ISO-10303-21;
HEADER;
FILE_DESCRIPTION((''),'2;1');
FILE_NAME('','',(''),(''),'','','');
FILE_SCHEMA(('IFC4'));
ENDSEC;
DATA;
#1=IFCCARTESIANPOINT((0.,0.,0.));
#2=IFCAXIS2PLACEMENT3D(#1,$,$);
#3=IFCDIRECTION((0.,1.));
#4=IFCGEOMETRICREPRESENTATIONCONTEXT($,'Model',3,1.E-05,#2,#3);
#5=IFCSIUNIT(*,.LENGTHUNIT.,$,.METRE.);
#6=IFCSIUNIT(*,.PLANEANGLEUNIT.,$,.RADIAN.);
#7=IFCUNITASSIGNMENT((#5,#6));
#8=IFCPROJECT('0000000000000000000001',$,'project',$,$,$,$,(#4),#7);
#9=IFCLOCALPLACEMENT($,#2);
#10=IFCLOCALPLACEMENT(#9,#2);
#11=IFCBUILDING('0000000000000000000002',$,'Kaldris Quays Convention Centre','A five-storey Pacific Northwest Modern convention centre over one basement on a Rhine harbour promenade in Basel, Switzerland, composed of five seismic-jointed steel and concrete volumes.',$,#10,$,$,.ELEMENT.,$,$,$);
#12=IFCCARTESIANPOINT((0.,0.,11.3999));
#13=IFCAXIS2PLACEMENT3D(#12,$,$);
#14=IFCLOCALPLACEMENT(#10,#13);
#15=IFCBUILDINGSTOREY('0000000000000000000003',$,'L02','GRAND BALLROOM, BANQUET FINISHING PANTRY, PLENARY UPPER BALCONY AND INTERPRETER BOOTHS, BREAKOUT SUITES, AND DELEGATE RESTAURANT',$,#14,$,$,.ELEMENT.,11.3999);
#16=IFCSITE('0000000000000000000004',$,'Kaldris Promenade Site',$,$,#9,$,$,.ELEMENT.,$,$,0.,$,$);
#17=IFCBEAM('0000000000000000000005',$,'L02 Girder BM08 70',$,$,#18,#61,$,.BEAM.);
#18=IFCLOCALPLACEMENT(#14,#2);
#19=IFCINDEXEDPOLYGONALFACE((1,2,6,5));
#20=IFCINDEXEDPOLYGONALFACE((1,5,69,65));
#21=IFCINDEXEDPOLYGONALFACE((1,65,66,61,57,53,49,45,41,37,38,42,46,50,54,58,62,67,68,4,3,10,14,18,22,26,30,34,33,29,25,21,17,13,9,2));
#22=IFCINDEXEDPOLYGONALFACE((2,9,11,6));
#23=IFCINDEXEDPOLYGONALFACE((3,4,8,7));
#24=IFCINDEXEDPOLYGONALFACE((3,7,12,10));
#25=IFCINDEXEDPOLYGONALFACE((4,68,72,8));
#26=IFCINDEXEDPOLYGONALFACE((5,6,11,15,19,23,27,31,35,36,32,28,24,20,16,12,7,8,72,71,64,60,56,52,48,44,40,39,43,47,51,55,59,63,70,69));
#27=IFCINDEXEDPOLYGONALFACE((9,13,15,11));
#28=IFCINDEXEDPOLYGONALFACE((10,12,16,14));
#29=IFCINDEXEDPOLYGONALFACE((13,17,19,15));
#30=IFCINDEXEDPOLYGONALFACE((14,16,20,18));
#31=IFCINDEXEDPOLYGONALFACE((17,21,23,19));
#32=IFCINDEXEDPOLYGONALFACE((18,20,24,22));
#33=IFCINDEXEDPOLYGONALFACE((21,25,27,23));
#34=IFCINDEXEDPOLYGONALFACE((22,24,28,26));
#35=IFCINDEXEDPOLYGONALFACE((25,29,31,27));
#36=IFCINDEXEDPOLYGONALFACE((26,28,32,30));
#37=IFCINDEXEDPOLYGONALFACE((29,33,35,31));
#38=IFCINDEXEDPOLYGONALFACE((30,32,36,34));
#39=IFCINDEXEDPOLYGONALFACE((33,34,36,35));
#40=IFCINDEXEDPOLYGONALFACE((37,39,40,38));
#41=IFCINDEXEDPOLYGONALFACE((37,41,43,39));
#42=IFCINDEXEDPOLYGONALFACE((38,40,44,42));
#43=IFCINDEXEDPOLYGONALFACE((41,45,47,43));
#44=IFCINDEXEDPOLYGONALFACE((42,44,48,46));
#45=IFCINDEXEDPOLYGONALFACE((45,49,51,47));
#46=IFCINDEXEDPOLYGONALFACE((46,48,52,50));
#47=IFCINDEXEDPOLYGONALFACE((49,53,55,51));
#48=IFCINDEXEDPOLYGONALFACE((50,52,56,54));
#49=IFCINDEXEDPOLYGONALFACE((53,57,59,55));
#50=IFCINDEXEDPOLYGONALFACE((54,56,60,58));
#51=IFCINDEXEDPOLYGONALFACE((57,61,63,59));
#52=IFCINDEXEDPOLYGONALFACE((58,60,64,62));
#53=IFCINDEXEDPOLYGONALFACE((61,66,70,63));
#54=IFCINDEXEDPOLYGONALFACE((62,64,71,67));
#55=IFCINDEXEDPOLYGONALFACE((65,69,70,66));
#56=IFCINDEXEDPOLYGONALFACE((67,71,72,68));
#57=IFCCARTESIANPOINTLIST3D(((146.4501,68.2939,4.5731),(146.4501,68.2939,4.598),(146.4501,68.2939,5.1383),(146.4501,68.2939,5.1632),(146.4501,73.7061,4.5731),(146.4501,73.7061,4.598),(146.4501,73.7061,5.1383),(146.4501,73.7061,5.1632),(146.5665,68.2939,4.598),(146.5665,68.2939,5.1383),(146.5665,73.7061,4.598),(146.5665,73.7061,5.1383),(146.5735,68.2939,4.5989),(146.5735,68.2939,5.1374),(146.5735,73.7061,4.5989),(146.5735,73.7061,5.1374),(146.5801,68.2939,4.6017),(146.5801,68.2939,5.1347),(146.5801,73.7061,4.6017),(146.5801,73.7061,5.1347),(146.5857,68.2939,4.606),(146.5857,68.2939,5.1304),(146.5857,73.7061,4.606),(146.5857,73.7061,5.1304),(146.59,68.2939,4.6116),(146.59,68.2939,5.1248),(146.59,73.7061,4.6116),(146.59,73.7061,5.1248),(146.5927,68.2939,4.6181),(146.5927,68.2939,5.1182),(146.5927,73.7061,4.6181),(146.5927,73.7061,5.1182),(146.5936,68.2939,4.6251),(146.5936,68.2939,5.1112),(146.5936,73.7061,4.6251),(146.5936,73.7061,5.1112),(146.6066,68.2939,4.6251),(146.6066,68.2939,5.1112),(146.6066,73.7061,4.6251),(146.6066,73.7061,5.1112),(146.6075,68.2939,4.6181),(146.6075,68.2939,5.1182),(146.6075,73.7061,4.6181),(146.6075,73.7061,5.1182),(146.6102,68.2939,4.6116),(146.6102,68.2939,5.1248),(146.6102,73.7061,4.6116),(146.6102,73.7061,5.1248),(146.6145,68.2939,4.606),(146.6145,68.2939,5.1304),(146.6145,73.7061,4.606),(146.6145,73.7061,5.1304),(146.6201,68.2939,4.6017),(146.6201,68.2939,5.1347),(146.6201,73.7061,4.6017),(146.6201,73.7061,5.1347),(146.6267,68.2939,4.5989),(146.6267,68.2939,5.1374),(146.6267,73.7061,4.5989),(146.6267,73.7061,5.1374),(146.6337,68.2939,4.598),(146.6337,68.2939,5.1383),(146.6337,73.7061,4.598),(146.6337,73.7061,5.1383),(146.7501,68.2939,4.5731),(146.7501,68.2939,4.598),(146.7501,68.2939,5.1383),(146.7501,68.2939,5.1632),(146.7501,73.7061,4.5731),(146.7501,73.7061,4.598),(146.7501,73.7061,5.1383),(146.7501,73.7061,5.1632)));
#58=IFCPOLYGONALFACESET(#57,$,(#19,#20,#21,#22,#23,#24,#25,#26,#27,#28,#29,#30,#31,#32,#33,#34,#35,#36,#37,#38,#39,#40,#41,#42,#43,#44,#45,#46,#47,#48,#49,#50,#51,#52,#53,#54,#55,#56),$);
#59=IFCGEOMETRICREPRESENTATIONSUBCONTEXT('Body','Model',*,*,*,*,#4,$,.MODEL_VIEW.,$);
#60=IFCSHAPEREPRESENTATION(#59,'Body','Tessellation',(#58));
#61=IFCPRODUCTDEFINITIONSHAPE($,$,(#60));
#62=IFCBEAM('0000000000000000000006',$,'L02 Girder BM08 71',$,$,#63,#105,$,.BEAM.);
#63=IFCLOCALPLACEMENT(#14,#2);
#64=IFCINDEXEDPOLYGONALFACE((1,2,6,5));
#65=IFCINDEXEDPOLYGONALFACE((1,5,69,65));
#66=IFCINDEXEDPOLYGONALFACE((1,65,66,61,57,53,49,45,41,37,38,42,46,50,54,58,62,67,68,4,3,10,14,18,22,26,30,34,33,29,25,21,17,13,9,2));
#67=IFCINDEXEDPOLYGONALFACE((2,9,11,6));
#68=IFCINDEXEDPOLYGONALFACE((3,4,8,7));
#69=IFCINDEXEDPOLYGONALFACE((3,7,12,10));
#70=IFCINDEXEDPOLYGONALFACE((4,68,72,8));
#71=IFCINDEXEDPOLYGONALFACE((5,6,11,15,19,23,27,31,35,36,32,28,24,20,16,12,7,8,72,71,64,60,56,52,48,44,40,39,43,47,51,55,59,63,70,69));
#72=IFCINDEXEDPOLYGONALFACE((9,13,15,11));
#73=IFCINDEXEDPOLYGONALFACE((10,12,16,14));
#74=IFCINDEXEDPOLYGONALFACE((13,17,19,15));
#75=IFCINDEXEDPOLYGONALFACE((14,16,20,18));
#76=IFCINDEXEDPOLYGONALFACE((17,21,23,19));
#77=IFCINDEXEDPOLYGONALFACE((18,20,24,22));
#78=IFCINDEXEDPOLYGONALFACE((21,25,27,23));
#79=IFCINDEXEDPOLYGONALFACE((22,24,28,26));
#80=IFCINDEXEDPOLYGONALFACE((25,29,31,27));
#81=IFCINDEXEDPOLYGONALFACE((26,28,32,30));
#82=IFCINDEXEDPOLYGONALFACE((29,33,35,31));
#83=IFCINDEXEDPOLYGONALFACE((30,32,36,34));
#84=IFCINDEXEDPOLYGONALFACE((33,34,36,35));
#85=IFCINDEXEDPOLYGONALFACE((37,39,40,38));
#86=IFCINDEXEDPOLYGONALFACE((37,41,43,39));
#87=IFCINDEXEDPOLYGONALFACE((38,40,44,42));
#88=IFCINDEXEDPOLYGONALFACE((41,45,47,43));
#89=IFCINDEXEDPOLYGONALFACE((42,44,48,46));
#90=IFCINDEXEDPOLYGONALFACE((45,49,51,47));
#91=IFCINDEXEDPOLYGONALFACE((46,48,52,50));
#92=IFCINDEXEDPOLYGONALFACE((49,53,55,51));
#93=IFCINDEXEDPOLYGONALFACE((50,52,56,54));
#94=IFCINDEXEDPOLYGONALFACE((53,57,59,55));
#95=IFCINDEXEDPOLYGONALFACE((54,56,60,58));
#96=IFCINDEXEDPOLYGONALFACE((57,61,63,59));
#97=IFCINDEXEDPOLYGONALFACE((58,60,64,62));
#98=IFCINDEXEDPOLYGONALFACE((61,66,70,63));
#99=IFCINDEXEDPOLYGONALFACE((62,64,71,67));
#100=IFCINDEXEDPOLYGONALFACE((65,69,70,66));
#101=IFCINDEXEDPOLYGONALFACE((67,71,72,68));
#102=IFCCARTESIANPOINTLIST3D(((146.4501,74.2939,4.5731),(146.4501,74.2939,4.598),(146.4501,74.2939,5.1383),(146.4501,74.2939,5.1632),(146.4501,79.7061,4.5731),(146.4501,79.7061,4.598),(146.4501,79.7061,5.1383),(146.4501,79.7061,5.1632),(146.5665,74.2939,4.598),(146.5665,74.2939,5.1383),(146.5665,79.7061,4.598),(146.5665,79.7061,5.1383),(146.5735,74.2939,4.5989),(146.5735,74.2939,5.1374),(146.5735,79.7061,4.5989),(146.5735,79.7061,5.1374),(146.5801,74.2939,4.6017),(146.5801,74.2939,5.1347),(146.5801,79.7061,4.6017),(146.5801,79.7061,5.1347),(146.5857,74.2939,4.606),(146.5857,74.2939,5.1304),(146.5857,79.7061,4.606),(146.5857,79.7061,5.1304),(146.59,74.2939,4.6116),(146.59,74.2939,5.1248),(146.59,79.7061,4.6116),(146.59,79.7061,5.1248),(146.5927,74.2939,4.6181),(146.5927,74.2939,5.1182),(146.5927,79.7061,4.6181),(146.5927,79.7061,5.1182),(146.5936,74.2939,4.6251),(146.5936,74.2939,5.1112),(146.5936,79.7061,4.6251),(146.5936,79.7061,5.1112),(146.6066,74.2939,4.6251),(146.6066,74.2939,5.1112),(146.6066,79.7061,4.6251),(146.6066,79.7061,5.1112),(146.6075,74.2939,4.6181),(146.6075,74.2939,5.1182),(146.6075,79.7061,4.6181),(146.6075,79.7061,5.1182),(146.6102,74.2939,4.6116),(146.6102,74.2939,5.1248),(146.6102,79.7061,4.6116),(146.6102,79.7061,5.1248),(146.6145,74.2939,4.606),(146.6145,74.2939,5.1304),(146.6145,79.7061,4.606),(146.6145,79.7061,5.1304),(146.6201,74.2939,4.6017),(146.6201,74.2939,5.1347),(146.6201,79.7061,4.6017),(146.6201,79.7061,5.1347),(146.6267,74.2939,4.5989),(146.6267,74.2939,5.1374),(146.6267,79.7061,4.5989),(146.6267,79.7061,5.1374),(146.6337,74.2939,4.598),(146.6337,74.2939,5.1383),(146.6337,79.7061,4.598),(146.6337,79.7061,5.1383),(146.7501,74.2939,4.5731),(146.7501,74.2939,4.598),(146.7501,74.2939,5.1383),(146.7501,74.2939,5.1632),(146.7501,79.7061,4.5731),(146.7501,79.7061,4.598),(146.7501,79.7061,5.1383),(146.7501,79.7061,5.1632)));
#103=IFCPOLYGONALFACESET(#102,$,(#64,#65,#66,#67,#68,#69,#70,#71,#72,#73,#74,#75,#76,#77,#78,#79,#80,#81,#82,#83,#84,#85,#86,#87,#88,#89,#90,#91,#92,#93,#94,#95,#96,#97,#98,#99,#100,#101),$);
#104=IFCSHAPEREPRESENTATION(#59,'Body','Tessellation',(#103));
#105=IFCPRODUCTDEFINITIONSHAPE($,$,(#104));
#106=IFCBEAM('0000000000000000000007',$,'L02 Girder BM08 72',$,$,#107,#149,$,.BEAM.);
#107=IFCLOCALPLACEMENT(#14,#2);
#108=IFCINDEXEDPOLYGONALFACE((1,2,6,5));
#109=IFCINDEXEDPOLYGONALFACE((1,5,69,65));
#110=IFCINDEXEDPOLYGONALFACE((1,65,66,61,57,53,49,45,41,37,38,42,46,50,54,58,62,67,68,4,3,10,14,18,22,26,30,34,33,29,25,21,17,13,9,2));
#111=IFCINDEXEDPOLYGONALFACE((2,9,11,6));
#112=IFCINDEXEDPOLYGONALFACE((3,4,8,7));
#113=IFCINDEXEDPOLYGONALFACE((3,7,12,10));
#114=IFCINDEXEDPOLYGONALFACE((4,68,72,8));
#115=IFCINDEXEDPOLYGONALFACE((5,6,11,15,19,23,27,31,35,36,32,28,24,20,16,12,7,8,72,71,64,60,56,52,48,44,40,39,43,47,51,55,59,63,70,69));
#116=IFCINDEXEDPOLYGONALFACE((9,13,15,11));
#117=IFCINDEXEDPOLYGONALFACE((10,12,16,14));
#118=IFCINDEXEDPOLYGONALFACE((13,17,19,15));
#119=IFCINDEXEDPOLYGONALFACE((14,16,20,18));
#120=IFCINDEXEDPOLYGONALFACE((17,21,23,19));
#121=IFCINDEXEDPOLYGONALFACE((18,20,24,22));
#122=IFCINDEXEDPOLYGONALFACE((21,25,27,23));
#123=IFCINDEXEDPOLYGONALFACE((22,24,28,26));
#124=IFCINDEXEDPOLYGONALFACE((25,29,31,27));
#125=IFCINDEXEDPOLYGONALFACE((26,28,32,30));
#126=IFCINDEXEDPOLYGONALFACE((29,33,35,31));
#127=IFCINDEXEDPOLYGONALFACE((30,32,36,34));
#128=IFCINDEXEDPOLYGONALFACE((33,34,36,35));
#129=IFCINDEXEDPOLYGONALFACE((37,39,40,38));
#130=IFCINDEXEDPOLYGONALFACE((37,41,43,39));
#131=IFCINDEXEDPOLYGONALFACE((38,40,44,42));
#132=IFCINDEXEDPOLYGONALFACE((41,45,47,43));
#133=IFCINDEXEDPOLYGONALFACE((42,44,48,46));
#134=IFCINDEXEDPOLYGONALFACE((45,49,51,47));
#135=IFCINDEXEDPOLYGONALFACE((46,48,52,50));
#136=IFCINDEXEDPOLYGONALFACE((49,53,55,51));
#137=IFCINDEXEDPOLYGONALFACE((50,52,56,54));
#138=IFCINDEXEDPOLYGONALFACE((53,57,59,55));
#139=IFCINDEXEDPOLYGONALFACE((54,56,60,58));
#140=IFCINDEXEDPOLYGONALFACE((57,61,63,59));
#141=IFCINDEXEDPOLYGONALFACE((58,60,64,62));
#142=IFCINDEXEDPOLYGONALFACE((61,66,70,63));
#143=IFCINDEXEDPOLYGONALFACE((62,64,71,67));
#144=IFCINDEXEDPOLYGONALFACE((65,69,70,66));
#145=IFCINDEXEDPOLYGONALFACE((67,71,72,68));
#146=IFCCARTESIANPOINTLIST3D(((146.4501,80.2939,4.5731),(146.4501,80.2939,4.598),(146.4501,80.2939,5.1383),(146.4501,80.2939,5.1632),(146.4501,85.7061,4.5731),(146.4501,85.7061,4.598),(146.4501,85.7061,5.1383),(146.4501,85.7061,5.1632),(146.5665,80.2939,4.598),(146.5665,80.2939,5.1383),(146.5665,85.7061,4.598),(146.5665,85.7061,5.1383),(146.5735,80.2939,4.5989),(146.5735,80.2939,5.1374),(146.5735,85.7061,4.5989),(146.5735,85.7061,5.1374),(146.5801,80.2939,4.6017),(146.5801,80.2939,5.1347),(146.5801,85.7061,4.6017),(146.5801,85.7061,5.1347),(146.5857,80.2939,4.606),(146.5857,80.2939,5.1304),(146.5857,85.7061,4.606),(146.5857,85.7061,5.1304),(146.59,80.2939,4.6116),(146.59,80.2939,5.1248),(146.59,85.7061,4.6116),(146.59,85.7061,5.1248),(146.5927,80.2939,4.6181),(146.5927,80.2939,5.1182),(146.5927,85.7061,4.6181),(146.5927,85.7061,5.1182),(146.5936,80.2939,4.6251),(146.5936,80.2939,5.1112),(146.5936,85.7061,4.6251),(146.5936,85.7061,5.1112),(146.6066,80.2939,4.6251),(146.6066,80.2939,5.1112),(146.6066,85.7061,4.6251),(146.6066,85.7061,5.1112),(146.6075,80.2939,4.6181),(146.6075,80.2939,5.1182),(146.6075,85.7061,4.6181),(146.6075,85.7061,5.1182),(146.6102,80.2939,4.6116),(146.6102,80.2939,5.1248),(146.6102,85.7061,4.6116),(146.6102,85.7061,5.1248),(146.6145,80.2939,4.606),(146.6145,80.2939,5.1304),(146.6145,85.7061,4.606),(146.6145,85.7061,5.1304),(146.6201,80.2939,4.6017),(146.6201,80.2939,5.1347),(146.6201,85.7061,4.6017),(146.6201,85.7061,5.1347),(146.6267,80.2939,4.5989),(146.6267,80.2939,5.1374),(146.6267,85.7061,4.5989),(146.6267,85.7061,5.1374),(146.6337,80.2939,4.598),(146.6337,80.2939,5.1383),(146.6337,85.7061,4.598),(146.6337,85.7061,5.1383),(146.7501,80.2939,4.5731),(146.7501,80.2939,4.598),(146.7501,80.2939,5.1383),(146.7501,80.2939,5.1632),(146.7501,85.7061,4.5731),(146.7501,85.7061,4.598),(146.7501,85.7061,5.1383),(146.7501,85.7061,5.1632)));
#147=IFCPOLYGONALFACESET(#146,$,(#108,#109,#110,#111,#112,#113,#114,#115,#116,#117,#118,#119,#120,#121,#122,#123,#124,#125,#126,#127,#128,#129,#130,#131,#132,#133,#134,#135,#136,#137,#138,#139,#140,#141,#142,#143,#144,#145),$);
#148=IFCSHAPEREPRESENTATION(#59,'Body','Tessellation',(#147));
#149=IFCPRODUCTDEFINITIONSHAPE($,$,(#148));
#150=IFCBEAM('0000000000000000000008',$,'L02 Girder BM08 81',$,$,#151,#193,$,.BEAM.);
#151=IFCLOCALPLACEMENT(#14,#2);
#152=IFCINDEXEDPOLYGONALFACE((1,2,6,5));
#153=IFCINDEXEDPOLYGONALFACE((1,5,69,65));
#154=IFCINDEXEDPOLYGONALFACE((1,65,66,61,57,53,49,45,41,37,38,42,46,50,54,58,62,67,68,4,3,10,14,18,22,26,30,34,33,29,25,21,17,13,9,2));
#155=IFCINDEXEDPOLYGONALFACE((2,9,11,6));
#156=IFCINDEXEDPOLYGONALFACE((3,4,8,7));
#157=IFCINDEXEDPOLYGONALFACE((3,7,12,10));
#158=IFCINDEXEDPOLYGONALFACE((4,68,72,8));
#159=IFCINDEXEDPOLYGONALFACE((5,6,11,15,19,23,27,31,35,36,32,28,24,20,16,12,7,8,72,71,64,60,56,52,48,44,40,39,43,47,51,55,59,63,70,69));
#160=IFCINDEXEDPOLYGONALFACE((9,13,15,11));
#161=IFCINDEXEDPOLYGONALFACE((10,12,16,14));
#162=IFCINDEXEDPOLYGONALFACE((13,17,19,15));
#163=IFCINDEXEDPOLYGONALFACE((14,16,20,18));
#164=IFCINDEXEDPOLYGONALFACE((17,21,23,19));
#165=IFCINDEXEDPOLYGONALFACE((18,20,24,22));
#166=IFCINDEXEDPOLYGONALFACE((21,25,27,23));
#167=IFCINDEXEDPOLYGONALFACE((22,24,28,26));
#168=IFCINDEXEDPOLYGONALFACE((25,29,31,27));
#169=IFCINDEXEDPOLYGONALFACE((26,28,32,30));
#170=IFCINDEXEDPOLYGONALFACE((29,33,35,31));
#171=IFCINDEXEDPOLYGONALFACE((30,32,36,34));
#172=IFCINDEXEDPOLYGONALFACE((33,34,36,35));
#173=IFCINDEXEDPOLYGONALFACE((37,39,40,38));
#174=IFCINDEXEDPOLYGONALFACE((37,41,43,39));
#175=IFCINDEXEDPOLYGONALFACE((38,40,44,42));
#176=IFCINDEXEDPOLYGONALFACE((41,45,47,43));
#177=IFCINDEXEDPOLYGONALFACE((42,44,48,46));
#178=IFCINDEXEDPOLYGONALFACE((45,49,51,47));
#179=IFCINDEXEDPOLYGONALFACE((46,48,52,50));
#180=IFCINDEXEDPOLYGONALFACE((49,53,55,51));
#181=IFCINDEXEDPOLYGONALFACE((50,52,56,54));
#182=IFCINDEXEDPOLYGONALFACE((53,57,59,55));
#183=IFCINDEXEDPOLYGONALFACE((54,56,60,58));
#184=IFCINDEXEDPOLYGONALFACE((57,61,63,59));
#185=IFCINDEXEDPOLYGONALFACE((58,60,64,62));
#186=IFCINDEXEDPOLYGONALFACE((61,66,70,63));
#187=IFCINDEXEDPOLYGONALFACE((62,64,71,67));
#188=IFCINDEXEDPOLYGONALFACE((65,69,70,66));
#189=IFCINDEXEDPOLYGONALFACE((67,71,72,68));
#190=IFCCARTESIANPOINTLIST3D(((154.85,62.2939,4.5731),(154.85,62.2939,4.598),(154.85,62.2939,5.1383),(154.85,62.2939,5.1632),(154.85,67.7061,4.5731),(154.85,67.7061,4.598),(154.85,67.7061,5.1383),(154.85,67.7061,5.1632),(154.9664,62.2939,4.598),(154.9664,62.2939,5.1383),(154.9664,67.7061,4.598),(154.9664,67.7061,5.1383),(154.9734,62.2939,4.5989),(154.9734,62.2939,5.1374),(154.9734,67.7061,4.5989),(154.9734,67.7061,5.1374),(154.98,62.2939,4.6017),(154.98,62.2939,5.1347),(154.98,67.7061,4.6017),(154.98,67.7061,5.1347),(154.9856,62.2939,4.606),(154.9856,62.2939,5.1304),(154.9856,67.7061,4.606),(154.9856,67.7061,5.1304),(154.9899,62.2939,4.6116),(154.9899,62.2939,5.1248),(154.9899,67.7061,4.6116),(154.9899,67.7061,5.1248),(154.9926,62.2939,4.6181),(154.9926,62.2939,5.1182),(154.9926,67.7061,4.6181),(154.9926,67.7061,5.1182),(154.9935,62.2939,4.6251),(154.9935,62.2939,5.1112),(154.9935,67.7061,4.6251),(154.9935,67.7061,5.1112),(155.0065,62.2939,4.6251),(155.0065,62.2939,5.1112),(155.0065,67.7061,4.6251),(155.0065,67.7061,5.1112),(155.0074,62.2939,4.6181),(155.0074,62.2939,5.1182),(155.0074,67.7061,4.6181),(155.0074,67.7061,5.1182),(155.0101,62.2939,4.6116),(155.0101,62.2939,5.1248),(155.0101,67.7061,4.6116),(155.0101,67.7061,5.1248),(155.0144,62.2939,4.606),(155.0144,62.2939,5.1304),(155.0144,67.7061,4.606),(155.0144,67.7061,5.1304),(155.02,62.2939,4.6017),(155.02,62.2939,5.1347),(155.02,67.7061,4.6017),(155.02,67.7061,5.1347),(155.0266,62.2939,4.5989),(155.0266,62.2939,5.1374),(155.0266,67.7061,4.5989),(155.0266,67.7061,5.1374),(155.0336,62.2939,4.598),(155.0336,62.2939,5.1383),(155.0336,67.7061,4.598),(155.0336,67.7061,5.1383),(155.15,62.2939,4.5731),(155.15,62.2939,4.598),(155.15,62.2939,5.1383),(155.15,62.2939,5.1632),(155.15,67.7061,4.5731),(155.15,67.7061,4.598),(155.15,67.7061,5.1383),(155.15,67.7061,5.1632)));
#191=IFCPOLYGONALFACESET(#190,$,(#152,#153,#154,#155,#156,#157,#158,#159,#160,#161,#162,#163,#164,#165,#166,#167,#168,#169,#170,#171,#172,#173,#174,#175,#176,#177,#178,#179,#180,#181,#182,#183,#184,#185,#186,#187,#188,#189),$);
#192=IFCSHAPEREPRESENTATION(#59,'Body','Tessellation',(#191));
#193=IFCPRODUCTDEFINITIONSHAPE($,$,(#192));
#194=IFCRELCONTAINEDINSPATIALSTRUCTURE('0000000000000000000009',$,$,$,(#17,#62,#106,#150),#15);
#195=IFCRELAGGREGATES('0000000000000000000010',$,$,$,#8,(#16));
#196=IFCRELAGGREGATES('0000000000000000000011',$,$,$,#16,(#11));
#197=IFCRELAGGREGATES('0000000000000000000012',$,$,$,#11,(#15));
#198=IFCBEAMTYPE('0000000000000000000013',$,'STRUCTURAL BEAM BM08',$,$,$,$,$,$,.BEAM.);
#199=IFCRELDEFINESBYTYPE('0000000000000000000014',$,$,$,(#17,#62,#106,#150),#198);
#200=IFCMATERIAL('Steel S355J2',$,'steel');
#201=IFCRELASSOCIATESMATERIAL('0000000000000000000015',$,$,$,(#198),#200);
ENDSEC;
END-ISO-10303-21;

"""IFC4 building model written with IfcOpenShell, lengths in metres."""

from ifc_helpers import new_model, si_unit, direction, frame, origin, origin_2d, place, context, subcontext, project, spatial, i_section, extrude, material, material_profile, profile_set, type_object, element, save


model = new_model("IFC4")

# Units and contexts
model_context = context("Model", 3, precision=1e-05, world=origin(), true_north=direction((0.0, 1.0)))
body_context = subcontext(model_context, "Body", "Model", "MODEL_VIEW")
ifc_project = project(units=[si_unit("LENGTHUNIT", "METRE"), si_unit("PLANEANGLEUNIT", "RADIAN")], contexts=[model_context])

# Site, building, storey
site_placement = place(None, origin())
site = spatial("IfcSite", under=ifc_project, at=site_placement, Name="Kaldris Promenade Site", CompositionType="ELEMENT", RefElevation=0.0)
building_placement = place(site_placement, origin())
building = spatial("IfcBuilding", under=site, at=building_placement, Name="Kaldris Quays Convention Centre", Description="A five-storey Pacific Northwest Modern convention centre over one basement on a Rhine harbour promenade in Basel, Switzerland, composed of five seismic-jointed steel and concrete volumes.", CompositionType="ELEMENT")
storey_placement = place(building_placement, frame((0.0, 0.0, 11.3999)))
storey = spatial("IfcBuildingStorey", under=building, at=storey_placement, Name="L02", Description="GRAND BALLROOM, BANQUET FINISHING PANTRY, PLENARY UPPER BALCONY AND INTERPRETER BOOTHS, BREAKOUT SUITES, AND DELEGATE RESTAURANT", CompositionType="ELEMENT", Elevation=11.3999)

# Beams
ifc_material_1 = material(Name="Steel S355J2", Category="steel")
ifc_material_profile_1 = material_profile(ifc_material_1, i_section(OverallWidth=0.3, OverallDepth=0.5901, WebThickness=0.0129, FlangeThickness=0.0249, FilletRadius=0.0271, at=origin_2d()), Name="HEA 600")
ifc_profile_set_1 = profile_set([ifc_material_profile_1], Name="Steel S355J2")
beam_type_1 = type_object("IfcBeamType", Name="STRUCTURAL BEAM BM08", PredefinedType="BEAM", material=ifc_profile_set_1)
for number, where, z_axis, x_axis, name in (
    (1, (146.6001, 68.2939, 4.8682), (0.0, 1.0, 0.0), (-1.0, 0.0, 0.0), "L02 Girder BM08 70"),
    (2, (146.6001, 74.2939, 4.8682), (0.0, 1.0, 0.0), (-1.0, 0.0, 0.0), "L02 Girder BM08 71"),
    (3, (146.6001, 80.2939, 4.8682), (0.0, 1.0, 0.0), (-1.0, 0.0, 0.0), "L02 Girder BM08 72"),
    (4, (155.0, 62.2939, 4.8682), (0.0, 1.0, 0.0), (-1.0, 0.0, 0.0), "L02 Girder BM08 81"),
):
    element("IfcBeam", number, at=place(storey_placement, frame(where, z_axis=z_axis, x_axis=x_axis)), inside=storey, type_object=beam_type_1, Name=name, PredefinedType="BEAM", context=body_context, shape_type="SweptSolid", body=[
        extrude(i_section(OverallWidth=0.3, OverallDepth=0.5901, WebThickness=0.0129, FlangeThickness=0.0249, FilletRadius=0.0271, at=origin_2d()), origin(), (0.0, 0.0, 1.0), 5.4121),
    ])

save(model, "model.ifc")
